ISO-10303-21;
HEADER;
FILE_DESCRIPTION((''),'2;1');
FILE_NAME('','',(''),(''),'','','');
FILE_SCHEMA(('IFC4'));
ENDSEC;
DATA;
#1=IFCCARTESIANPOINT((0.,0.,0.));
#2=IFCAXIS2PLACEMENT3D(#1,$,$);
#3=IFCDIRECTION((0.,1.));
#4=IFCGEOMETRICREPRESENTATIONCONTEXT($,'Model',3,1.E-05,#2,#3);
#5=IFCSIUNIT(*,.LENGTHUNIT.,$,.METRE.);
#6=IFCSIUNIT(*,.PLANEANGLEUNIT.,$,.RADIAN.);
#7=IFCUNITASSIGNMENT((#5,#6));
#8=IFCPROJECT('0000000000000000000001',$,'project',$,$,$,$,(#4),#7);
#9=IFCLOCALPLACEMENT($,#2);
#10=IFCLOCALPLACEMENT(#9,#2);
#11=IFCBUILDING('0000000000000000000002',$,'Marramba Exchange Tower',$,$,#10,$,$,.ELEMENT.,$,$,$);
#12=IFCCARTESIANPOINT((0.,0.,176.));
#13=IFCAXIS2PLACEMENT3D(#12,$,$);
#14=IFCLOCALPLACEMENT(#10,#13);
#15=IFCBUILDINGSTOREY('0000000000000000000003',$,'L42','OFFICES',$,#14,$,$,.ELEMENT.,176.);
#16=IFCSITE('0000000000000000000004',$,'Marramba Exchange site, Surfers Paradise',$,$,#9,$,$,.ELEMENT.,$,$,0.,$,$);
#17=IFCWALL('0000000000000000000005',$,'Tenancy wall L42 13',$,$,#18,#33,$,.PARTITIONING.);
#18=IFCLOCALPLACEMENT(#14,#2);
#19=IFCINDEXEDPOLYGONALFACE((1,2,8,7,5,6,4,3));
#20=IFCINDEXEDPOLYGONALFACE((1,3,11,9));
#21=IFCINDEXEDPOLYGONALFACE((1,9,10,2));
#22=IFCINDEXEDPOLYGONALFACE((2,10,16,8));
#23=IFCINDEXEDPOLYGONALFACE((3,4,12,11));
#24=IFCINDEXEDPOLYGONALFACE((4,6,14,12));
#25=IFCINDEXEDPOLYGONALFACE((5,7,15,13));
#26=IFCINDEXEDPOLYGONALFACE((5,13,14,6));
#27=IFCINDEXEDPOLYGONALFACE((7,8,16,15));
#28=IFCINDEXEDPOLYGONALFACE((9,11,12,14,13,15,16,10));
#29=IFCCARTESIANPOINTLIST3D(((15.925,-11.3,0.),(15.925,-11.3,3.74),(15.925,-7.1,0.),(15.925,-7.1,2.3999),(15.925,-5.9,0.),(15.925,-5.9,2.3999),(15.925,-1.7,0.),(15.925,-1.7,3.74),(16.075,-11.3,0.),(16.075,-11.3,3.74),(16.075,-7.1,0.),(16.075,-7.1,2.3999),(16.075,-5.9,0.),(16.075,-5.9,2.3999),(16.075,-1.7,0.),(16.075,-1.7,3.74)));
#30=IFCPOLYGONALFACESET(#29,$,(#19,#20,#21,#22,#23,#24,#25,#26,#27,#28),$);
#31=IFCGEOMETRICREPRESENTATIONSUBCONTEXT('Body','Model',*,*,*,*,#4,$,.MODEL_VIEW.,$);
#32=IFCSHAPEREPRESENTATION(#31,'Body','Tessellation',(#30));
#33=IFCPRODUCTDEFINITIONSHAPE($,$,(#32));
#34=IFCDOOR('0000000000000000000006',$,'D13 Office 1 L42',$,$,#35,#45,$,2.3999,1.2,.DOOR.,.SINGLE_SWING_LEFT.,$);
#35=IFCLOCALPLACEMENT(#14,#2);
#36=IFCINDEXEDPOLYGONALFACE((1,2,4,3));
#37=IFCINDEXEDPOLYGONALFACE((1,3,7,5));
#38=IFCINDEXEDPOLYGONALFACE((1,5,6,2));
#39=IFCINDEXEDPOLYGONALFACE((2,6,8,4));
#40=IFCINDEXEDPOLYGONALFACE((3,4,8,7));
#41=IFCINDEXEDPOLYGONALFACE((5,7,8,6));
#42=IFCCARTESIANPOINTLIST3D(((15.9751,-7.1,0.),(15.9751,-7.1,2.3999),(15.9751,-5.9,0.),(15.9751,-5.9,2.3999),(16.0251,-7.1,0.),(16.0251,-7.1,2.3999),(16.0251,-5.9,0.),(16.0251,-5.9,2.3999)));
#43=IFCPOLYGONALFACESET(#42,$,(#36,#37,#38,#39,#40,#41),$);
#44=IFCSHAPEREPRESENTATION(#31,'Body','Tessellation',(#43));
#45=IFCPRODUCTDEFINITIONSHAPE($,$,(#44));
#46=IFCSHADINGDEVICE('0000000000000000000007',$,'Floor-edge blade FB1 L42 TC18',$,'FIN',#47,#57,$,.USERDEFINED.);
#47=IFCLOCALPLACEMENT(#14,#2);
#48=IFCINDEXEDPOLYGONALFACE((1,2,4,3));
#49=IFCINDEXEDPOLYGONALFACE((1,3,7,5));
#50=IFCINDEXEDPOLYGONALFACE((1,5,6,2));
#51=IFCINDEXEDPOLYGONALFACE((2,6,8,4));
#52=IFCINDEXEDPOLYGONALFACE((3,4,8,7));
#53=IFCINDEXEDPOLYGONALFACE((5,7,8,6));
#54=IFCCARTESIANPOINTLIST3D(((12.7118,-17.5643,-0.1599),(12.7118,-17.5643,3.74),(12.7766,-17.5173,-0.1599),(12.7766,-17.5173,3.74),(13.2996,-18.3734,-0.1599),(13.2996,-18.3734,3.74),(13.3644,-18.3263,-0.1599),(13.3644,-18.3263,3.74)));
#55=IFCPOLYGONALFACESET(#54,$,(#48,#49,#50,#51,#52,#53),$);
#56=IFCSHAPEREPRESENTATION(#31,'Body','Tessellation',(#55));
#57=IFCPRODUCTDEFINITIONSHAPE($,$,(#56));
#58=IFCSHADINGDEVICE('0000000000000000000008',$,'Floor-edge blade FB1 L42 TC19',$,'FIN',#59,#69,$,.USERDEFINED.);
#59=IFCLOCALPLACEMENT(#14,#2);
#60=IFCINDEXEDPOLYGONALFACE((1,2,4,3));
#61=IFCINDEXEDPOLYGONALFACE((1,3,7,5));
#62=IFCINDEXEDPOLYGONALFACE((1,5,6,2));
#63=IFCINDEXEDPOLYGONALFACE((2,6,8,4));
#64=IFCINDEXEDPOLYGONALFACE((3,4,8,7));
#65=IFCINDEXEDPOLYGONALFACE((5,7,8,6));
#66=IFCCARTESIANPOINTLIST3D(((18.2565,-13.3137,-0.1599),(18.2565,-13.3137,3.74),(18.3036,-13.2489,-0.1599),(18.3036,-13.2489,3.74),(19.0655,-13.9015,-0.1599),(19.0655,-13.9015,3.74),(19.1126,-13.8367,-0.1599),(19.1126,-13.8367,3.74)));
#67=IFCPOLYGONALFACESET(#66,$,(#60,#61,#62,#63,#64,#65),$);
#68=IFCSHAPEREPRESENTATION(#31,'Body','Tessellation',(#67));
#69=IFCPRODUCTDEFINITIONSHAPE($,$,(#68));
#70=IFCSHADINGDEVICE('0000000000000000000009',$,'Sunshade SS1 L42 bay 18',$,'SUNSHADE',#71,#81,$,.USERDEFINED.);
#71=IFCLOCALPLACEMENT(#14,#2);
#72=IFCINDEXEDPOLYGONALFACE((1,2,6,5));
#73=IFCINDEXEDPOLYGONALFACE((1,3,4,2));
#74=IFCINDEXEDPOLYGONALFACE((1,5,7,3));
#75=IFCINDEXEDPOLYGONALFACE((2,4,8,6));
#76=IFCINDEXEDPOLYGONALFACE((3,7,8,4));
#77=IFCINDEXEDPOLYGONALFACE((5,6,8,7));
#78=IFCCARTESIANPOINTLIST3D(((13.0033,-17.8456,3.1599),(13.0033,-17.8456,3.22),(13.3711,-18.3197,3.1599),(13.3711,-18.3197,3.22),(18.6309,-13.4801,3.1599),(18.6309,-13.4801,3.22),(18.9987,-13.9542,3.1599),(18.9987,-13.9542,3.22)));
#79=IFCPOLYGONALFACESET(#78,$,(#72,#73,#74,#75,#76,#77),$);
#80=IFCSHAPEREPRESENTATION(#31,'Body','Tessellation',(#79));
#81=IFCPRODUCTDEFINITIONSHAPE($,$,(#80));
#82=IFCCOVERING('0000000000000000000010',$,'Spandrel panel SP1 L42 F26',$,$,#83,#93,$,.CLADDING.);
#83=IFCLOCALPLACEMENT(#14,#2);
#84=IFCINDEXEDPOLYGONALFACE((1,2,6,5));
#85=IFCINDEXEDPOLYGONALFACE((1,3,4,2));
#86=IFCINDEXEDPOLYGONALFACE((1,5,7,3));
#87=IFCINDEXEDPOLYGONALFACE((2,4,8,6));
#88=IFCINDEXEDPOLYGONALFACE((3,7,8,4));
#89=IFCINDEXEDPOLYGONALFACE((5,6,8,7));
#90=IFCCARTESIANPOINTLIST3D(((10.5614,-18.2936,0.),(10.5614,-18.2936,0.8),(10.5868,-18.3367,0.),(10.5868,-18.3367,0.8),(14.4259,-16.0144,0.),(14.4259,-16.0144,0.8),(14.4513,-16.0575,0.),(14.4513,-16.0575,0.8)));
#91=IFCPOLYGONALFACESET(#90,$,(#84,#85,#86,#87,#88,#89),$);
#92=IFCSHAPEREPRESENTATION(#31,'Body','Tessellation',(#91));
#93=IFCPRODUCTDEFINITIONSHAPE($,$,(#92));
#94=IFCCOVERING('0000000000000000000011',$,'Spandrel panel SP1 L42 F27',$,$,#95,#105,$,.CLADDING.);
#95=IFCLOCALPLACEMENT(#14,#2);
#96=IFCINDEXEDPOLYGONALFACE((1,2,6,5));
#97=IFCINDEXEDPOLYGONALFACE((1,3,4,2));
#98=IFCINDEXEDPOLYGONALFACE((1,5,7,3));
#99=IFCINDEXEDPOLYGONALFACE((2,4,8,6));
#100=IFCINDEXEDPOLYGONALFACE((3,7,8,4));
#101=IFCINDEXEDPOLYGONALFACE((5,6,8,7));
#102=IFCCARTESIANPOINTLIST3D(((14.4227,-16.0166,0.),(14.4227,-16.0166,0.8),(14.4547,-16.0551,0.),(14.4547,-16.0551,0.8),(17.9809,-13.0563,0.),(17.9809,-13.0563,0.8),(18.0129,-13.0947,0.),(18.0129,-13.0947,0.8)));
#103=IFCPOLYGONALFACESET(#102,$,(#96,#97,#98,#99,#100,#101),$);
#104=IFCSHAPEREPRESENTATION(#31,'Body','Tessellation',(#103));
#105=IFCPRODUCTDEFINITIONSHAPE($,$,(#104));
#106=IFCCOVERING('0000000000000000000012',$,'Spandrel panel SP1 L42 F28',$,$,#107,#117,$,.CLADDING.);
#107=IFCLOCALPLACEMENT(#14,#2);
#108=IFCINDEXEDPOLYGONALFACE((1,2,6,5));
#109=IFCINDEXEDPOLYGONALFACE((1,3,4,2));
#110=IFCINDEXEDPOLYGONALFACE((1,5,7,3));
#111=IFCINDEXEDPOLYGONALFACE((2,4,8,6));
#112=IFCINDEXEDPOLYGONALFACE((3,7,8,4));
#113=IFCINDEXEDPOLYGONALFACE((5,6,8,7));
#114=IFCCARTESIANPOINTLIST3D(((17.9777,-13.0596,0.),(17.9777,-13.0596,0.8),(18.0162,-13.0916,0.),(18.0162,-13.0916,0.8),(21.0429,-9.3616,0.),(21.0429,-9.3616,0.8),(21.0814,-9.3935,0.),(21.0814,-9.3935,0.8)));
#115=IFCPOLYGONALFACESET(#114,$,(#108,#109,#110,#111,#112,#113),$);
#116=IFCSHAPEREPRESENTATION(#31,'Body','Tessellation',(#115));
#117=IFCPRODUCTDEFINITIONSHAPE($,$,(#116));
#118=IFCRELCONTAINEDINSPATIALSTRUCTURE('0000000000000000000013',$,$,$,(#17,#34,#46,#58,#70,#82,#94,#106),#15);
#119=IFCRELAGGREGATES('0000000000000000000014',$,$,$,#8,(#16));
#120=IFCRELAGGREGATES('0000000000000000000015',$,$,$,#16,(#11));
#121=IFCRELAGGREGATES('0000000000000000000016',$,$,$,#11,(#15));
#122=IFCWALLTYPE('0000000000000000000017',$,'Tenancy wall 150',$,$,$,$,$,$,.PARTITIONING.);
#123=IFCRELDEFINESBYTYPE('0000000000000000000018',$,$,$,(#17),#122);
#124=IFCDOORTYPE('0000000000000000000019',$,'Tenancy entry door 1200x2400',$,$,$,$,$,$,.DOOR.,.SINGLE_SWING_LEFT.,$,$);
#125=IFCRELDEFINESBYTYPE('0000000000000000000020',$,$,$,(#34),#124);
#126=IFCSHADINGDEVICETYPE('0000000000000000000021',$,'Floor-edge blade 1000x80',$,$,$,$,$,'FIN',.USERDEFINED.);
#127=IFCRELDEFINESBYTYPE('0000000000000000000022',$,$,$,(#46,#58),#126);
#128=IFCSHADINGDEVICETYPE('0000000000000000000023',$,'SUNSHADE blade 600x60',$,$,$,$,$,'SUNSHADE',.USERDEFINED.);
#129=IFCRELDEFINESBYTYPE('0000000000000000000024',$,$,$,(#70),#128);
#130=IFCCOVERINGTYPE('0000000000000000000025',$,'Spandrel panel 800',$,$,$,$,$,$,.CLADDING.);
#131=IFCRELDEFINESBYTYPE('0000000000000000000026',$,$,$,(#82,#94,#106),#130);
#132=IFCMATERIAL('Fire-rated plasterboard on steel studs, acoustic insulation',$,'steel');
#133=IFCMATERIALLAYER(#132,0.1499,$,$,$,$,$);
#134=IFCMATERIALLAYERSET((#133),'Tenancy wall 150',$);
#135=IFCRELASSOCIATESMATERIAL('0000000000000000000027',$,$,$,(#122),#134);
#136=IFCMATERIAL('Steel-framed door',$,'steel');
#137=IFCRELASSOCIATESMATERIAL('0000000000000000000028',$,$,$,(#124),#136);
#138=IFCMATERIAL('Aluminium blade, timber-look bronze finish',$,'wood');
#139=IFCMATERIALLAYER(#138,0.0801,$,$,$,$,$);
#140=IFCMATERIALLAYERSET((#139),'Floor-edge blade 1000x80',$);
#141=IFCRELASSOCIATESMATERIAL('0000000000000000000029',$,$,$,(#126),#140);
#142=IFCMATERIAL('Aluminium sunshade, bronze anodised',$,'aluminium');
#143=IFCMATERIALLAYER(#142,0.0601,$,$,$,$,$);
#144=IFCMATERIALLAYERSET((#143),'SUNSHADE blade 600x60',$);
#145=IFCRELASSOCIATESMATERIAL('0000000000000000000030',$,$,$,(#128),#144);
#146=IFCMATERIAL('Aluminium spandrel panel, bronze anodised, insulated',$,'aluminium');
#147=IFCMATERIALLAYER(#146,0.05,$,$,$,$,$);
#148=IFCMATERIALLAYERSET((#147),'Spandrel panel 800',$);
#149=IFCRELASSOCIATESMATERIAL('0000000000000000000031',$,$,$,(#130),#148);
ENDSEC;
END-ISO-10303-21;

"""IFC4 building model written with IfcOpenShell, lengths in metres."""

from ifc_helpers import new_model, si_unit, direction, frame, frame_2d, origin, origin_2d, place, context, subcontext, project, spatial, rectangle, extrude, material, layer, layer_set, type_object, element, fill, save


model = new_model("IFC4")

# Units and contexts
model_context = context("Model", 3, precision=1e-05, world=origin(), true_north=direction((0.0, 1.0)))
body_context = subcontext(model_context, "Body", "Model", "MODEL_VIEW")
ifc_project = project(units=[si_unit("LENGTHUNIT", "METRE"), si_unit("PLANEANGLEUNIT", "RADIAN")], contexts=[model_context])

# Site, building, storey
site_placement = place(None, origin())
site = spatial("IfcSite", under=ifc_project, at=site_placement, Name="Marramba Exchange site, Surfers Paradise", CompositionType="ELEMENT", RefElevation=0.0)
building_placement = place(site_placement, origin())
building = spatial("IfcBuilding", under=site, at=building_placement, Name="Marramba Exchange Tower", CompositionType="ELEMENT")
storey_placement = place(building_placement, frame((0.0, 0.0, 176.0)))
storey = spatial("IfcBuildingStorey", under=building, at=storey_placement, Name="L42", Description="OFFICES", CompositionType="ELEMENT", Elevation=176.0)

# Wall, opening, door
ifc_material_1 = material(Name="Fire-rated plasterboard on steel studs, acoustic insulation", Category="steel")
ifc_layer_1 = layer(ifc_material_1, 0.1499)
ifc_layer_set_1 = layer_set([ifc_layer_1], Name="Tenancy wall 150")
wall_type_1 = type_object("IfcWallType", Name="Tenancy wall 150", PredefinedType="PARTITIONING", material=ifc_layer_set_1)
wall_1_placement = place(storey_placement, frame((16.0, -11.3, 0.0), z_axis=(0.0, 0.0, 1.0), x_axis=(0.0, 1.0, 0.0)))
wall_1 = element("IfcWall", 1, at=wall_1_placement, inside=storey, type_object=wall_type_1, Name="Tenancy wall L42 13", PredefinedType="PARTITIONING", context=body_context, shape_type="SweptSolid", body=[
    extrude(rectangle(XDim=9.6001, YDim=0.1499, at=frame_2d((4.8, 0.0))), origin(), (0.0, 0.0, 1.0), 3.74),
])
opening_1_placement = place(wall_1_placement, frame((4.2, 0.0, 0.0)))
opening_1 = element("IfcOpeningElement", 2, at=opening_1_placement, cuts=wall_1, PredefinedType="OPENING", context=body_context, shape_type="SweptSolid", body=[
    extrude(rectangle(XDim=1.2, YDim=2.3999, at=frame_2d((0.6001, 1.2))), frame((0.0, 0.085, 0.0), z_axis=(0.0, -1.0, 0.0), x_axis=(1.0, 0.0, 0.0)), (0.0, 0.0, 1.0), 0.1699),
])
ifc_material_2 = material(Name="Steel-framed door", Category="steel")
door_type_1 = type_object("IfcDoorType", Name="Tenancy entry door 1200x2400", OperationType="SINGLE_SWING_LEFT", PredefinedType="DOOR", material=ifc_material_2)
door_1_placement = place(opening_1_placement, origin())
door_1 = element("IfcDoor", 3, at=door_1_placement, inside=storey, type_object=door_type_1, Name="D13 Office 1 L42", OperationType="SINGLE_SWING_LEFT", OverallHeight=2.3999, OverallWidth=1.2, PredefinedType="DOOR", context=body_context, shape_type="SweptSolid", body=[
    extrude(rectangle(XDim=1.2, YDim=2.3999, at=frame_2d((0.6001, 1.2))), frame((0.0, 0.0249, 0.0), z_axis=(0.0, -1.0, 0.0), x_axis=(1.0, 0.0, 0.0)), (0.0, 0.0, 1.0), 0.05),
])
fill(opening_1, door_1)

# Shading devices
ifc_material_3 = material(Name="Aluminium blade, timber-look bronze finish", Category="wood")
ifc_layer_2 = layer(ifc_material_3, 0.0801)
ifc_layer_set_2 = layer_set([ifc_layer_2], Name="Floor-edge blade 1000x80")
shading_device_type_1 = type_object("IfcShadingDeviceType", Name="Floor-edge blade 1000x80", ElementType="FIN", PredefinedType="USERDEFINED", material=ifc_layer_set_2)
for number, where, z_axis, x_axis, name in (
    (4, (13.0381, -17.9453, -0.1599), (0.0, 0.0, 1.0), (0.587785, -0.809017, 0.0), "Floor-edge blade FB1 L42 TC18"),
    (5, (18.6846, -13.5752, -0.1599), (0.0, 0.0, 1.0), (0.809017, -0.587785, 0.0), "Floor-edge blade FB1 L42 TC19"),
):
    element("IfcShadingDevice", number, at=place(storey_placement, frame(where, z_axis=z_axis, x_axis=x_axis)), inside=storey, type_object=shading_device_type_1, Name=name, ObjectType="FIN", PredefinedType="USERDEFINED", context=body_context, shape_type="SweptSolid", body=[
        extrude(rectangle(XDim=1.0, YDim=0.0801, at=origin_2d()), origin(), (0.0, 0.0, 1.0), 3.8999),
    ])
ifc_material_4 = material(Name="Aluminium sunshade, bronze anodised", Category="aluminium")
ifc_layer_3 = layer(ifc_material_4, 0.0601)
ifc_layer_set_3 = layer_set([ifc_layer_3], Name="SUNSHADE blade 600x60")
shading_device_type_2 = type_object("IfcShadingDeviceType", Name="SUNSHADE blade 600x60", ElementType="SUNSHADE", PredefinedType="USERDEFINED", material=ifc_layer_set_3)
shading_device_placement = place(storey_placement, frame((16.001, -15.8999, 3.1599), z_axis=(0.0, 0.0, 1.0), x_axis=(0.790133, 0.612935, 0.0)))
element("IfcShadingDevice", 6, at=shading_device_placement, inside=storey, type_object=shading_device_type_2, Name="Sunshade SS1 L42 bay 18", ObjectType="SUNSHADE", PredefinedType="USERDEFINED", context=body_context, shape_type="SweptSolid", body=[
    extrude(rectangle(XDim=7.1223, YDim=0.6001, at=origin_2d()), origin(), (0.0, 0.0, 1.0), 0.0601),
])

# Coverings
ifc_material_5 = material(Name="Aluminium spandrel panel, bronze anodised, insulated", Category="aluminium")
ifc_layer_4 = layer(ifc_material_5, 0.05)
ifc_layer_set_4 = layer_set([ifc_layer_4], Name="Spandrel panel 800")
covering_type = type_object("IfcCoveringType", Name="Spandrel panel 800", PredefinedType="CLADDING", material=ifc_layer_set_4)
covering_1_placement = place(storey_placement, frame((12.5063, -17.1755, 0.0), z_axis=(0.0, 0.0, 1.0), x_axis=(0.861351, 0.508011, 0.0)))
element("IfcCovering", 7, at=covering_1_placement, inside=storey, type_object=covering_type, Name="Spandrel panel SP1 L42 F26", PredefinedType="CLADDING", context=body_context, shape_type="SweptSolid", body=[
    extrude(rectangle(XDim=4.4866, YDim=0.05, at=origin_2d()), origin(), (0.0, 0.0, 1.0), 0.8),
])
covering_2_placement = place(storey_placement, frame((16.2178, -14.5557, 0.0), z_axis=(0.0, 0.0, 1.0), x_axis=(0.768737, 0.639565, 0.0)))
element("IfcCovering", 8, at=covering_2_placement, inside=storey, type_object=covering_type, Name="Spandrel panel SP1 L42 F27", PredefinedType="CLADDING", context=body_context, shape_type="SweptSolid", body=[
    extrude(rectangle(XDim=4.6287, YDim=0.05, at=origin_2d()), origin(), (0.0, 0.0, 1.0), 0.8),
])
covering_3_placement = place(storey_placement, frame((19.5295, -11.2266, 0.0), z_axis=(0.0, 0.0, 1.0), x_axis=(0.63815, 0.769912, 0.0)))
element("IfcCovering", 9, at=covering_3_placement, inside=storey, type_object=covering_type, Name="Spandrel panel SP1 L42 F28", PredefinedType="CLADDING", context=body_context, shape_type="SweptSolid", body=[
    extrude(rectangle(XDim=4.8032, YDim=0.05, at=origin_2d()), origin(), (0.0, 0.0, 1.0), 0.8),
])

save(model, "model.ifc")
